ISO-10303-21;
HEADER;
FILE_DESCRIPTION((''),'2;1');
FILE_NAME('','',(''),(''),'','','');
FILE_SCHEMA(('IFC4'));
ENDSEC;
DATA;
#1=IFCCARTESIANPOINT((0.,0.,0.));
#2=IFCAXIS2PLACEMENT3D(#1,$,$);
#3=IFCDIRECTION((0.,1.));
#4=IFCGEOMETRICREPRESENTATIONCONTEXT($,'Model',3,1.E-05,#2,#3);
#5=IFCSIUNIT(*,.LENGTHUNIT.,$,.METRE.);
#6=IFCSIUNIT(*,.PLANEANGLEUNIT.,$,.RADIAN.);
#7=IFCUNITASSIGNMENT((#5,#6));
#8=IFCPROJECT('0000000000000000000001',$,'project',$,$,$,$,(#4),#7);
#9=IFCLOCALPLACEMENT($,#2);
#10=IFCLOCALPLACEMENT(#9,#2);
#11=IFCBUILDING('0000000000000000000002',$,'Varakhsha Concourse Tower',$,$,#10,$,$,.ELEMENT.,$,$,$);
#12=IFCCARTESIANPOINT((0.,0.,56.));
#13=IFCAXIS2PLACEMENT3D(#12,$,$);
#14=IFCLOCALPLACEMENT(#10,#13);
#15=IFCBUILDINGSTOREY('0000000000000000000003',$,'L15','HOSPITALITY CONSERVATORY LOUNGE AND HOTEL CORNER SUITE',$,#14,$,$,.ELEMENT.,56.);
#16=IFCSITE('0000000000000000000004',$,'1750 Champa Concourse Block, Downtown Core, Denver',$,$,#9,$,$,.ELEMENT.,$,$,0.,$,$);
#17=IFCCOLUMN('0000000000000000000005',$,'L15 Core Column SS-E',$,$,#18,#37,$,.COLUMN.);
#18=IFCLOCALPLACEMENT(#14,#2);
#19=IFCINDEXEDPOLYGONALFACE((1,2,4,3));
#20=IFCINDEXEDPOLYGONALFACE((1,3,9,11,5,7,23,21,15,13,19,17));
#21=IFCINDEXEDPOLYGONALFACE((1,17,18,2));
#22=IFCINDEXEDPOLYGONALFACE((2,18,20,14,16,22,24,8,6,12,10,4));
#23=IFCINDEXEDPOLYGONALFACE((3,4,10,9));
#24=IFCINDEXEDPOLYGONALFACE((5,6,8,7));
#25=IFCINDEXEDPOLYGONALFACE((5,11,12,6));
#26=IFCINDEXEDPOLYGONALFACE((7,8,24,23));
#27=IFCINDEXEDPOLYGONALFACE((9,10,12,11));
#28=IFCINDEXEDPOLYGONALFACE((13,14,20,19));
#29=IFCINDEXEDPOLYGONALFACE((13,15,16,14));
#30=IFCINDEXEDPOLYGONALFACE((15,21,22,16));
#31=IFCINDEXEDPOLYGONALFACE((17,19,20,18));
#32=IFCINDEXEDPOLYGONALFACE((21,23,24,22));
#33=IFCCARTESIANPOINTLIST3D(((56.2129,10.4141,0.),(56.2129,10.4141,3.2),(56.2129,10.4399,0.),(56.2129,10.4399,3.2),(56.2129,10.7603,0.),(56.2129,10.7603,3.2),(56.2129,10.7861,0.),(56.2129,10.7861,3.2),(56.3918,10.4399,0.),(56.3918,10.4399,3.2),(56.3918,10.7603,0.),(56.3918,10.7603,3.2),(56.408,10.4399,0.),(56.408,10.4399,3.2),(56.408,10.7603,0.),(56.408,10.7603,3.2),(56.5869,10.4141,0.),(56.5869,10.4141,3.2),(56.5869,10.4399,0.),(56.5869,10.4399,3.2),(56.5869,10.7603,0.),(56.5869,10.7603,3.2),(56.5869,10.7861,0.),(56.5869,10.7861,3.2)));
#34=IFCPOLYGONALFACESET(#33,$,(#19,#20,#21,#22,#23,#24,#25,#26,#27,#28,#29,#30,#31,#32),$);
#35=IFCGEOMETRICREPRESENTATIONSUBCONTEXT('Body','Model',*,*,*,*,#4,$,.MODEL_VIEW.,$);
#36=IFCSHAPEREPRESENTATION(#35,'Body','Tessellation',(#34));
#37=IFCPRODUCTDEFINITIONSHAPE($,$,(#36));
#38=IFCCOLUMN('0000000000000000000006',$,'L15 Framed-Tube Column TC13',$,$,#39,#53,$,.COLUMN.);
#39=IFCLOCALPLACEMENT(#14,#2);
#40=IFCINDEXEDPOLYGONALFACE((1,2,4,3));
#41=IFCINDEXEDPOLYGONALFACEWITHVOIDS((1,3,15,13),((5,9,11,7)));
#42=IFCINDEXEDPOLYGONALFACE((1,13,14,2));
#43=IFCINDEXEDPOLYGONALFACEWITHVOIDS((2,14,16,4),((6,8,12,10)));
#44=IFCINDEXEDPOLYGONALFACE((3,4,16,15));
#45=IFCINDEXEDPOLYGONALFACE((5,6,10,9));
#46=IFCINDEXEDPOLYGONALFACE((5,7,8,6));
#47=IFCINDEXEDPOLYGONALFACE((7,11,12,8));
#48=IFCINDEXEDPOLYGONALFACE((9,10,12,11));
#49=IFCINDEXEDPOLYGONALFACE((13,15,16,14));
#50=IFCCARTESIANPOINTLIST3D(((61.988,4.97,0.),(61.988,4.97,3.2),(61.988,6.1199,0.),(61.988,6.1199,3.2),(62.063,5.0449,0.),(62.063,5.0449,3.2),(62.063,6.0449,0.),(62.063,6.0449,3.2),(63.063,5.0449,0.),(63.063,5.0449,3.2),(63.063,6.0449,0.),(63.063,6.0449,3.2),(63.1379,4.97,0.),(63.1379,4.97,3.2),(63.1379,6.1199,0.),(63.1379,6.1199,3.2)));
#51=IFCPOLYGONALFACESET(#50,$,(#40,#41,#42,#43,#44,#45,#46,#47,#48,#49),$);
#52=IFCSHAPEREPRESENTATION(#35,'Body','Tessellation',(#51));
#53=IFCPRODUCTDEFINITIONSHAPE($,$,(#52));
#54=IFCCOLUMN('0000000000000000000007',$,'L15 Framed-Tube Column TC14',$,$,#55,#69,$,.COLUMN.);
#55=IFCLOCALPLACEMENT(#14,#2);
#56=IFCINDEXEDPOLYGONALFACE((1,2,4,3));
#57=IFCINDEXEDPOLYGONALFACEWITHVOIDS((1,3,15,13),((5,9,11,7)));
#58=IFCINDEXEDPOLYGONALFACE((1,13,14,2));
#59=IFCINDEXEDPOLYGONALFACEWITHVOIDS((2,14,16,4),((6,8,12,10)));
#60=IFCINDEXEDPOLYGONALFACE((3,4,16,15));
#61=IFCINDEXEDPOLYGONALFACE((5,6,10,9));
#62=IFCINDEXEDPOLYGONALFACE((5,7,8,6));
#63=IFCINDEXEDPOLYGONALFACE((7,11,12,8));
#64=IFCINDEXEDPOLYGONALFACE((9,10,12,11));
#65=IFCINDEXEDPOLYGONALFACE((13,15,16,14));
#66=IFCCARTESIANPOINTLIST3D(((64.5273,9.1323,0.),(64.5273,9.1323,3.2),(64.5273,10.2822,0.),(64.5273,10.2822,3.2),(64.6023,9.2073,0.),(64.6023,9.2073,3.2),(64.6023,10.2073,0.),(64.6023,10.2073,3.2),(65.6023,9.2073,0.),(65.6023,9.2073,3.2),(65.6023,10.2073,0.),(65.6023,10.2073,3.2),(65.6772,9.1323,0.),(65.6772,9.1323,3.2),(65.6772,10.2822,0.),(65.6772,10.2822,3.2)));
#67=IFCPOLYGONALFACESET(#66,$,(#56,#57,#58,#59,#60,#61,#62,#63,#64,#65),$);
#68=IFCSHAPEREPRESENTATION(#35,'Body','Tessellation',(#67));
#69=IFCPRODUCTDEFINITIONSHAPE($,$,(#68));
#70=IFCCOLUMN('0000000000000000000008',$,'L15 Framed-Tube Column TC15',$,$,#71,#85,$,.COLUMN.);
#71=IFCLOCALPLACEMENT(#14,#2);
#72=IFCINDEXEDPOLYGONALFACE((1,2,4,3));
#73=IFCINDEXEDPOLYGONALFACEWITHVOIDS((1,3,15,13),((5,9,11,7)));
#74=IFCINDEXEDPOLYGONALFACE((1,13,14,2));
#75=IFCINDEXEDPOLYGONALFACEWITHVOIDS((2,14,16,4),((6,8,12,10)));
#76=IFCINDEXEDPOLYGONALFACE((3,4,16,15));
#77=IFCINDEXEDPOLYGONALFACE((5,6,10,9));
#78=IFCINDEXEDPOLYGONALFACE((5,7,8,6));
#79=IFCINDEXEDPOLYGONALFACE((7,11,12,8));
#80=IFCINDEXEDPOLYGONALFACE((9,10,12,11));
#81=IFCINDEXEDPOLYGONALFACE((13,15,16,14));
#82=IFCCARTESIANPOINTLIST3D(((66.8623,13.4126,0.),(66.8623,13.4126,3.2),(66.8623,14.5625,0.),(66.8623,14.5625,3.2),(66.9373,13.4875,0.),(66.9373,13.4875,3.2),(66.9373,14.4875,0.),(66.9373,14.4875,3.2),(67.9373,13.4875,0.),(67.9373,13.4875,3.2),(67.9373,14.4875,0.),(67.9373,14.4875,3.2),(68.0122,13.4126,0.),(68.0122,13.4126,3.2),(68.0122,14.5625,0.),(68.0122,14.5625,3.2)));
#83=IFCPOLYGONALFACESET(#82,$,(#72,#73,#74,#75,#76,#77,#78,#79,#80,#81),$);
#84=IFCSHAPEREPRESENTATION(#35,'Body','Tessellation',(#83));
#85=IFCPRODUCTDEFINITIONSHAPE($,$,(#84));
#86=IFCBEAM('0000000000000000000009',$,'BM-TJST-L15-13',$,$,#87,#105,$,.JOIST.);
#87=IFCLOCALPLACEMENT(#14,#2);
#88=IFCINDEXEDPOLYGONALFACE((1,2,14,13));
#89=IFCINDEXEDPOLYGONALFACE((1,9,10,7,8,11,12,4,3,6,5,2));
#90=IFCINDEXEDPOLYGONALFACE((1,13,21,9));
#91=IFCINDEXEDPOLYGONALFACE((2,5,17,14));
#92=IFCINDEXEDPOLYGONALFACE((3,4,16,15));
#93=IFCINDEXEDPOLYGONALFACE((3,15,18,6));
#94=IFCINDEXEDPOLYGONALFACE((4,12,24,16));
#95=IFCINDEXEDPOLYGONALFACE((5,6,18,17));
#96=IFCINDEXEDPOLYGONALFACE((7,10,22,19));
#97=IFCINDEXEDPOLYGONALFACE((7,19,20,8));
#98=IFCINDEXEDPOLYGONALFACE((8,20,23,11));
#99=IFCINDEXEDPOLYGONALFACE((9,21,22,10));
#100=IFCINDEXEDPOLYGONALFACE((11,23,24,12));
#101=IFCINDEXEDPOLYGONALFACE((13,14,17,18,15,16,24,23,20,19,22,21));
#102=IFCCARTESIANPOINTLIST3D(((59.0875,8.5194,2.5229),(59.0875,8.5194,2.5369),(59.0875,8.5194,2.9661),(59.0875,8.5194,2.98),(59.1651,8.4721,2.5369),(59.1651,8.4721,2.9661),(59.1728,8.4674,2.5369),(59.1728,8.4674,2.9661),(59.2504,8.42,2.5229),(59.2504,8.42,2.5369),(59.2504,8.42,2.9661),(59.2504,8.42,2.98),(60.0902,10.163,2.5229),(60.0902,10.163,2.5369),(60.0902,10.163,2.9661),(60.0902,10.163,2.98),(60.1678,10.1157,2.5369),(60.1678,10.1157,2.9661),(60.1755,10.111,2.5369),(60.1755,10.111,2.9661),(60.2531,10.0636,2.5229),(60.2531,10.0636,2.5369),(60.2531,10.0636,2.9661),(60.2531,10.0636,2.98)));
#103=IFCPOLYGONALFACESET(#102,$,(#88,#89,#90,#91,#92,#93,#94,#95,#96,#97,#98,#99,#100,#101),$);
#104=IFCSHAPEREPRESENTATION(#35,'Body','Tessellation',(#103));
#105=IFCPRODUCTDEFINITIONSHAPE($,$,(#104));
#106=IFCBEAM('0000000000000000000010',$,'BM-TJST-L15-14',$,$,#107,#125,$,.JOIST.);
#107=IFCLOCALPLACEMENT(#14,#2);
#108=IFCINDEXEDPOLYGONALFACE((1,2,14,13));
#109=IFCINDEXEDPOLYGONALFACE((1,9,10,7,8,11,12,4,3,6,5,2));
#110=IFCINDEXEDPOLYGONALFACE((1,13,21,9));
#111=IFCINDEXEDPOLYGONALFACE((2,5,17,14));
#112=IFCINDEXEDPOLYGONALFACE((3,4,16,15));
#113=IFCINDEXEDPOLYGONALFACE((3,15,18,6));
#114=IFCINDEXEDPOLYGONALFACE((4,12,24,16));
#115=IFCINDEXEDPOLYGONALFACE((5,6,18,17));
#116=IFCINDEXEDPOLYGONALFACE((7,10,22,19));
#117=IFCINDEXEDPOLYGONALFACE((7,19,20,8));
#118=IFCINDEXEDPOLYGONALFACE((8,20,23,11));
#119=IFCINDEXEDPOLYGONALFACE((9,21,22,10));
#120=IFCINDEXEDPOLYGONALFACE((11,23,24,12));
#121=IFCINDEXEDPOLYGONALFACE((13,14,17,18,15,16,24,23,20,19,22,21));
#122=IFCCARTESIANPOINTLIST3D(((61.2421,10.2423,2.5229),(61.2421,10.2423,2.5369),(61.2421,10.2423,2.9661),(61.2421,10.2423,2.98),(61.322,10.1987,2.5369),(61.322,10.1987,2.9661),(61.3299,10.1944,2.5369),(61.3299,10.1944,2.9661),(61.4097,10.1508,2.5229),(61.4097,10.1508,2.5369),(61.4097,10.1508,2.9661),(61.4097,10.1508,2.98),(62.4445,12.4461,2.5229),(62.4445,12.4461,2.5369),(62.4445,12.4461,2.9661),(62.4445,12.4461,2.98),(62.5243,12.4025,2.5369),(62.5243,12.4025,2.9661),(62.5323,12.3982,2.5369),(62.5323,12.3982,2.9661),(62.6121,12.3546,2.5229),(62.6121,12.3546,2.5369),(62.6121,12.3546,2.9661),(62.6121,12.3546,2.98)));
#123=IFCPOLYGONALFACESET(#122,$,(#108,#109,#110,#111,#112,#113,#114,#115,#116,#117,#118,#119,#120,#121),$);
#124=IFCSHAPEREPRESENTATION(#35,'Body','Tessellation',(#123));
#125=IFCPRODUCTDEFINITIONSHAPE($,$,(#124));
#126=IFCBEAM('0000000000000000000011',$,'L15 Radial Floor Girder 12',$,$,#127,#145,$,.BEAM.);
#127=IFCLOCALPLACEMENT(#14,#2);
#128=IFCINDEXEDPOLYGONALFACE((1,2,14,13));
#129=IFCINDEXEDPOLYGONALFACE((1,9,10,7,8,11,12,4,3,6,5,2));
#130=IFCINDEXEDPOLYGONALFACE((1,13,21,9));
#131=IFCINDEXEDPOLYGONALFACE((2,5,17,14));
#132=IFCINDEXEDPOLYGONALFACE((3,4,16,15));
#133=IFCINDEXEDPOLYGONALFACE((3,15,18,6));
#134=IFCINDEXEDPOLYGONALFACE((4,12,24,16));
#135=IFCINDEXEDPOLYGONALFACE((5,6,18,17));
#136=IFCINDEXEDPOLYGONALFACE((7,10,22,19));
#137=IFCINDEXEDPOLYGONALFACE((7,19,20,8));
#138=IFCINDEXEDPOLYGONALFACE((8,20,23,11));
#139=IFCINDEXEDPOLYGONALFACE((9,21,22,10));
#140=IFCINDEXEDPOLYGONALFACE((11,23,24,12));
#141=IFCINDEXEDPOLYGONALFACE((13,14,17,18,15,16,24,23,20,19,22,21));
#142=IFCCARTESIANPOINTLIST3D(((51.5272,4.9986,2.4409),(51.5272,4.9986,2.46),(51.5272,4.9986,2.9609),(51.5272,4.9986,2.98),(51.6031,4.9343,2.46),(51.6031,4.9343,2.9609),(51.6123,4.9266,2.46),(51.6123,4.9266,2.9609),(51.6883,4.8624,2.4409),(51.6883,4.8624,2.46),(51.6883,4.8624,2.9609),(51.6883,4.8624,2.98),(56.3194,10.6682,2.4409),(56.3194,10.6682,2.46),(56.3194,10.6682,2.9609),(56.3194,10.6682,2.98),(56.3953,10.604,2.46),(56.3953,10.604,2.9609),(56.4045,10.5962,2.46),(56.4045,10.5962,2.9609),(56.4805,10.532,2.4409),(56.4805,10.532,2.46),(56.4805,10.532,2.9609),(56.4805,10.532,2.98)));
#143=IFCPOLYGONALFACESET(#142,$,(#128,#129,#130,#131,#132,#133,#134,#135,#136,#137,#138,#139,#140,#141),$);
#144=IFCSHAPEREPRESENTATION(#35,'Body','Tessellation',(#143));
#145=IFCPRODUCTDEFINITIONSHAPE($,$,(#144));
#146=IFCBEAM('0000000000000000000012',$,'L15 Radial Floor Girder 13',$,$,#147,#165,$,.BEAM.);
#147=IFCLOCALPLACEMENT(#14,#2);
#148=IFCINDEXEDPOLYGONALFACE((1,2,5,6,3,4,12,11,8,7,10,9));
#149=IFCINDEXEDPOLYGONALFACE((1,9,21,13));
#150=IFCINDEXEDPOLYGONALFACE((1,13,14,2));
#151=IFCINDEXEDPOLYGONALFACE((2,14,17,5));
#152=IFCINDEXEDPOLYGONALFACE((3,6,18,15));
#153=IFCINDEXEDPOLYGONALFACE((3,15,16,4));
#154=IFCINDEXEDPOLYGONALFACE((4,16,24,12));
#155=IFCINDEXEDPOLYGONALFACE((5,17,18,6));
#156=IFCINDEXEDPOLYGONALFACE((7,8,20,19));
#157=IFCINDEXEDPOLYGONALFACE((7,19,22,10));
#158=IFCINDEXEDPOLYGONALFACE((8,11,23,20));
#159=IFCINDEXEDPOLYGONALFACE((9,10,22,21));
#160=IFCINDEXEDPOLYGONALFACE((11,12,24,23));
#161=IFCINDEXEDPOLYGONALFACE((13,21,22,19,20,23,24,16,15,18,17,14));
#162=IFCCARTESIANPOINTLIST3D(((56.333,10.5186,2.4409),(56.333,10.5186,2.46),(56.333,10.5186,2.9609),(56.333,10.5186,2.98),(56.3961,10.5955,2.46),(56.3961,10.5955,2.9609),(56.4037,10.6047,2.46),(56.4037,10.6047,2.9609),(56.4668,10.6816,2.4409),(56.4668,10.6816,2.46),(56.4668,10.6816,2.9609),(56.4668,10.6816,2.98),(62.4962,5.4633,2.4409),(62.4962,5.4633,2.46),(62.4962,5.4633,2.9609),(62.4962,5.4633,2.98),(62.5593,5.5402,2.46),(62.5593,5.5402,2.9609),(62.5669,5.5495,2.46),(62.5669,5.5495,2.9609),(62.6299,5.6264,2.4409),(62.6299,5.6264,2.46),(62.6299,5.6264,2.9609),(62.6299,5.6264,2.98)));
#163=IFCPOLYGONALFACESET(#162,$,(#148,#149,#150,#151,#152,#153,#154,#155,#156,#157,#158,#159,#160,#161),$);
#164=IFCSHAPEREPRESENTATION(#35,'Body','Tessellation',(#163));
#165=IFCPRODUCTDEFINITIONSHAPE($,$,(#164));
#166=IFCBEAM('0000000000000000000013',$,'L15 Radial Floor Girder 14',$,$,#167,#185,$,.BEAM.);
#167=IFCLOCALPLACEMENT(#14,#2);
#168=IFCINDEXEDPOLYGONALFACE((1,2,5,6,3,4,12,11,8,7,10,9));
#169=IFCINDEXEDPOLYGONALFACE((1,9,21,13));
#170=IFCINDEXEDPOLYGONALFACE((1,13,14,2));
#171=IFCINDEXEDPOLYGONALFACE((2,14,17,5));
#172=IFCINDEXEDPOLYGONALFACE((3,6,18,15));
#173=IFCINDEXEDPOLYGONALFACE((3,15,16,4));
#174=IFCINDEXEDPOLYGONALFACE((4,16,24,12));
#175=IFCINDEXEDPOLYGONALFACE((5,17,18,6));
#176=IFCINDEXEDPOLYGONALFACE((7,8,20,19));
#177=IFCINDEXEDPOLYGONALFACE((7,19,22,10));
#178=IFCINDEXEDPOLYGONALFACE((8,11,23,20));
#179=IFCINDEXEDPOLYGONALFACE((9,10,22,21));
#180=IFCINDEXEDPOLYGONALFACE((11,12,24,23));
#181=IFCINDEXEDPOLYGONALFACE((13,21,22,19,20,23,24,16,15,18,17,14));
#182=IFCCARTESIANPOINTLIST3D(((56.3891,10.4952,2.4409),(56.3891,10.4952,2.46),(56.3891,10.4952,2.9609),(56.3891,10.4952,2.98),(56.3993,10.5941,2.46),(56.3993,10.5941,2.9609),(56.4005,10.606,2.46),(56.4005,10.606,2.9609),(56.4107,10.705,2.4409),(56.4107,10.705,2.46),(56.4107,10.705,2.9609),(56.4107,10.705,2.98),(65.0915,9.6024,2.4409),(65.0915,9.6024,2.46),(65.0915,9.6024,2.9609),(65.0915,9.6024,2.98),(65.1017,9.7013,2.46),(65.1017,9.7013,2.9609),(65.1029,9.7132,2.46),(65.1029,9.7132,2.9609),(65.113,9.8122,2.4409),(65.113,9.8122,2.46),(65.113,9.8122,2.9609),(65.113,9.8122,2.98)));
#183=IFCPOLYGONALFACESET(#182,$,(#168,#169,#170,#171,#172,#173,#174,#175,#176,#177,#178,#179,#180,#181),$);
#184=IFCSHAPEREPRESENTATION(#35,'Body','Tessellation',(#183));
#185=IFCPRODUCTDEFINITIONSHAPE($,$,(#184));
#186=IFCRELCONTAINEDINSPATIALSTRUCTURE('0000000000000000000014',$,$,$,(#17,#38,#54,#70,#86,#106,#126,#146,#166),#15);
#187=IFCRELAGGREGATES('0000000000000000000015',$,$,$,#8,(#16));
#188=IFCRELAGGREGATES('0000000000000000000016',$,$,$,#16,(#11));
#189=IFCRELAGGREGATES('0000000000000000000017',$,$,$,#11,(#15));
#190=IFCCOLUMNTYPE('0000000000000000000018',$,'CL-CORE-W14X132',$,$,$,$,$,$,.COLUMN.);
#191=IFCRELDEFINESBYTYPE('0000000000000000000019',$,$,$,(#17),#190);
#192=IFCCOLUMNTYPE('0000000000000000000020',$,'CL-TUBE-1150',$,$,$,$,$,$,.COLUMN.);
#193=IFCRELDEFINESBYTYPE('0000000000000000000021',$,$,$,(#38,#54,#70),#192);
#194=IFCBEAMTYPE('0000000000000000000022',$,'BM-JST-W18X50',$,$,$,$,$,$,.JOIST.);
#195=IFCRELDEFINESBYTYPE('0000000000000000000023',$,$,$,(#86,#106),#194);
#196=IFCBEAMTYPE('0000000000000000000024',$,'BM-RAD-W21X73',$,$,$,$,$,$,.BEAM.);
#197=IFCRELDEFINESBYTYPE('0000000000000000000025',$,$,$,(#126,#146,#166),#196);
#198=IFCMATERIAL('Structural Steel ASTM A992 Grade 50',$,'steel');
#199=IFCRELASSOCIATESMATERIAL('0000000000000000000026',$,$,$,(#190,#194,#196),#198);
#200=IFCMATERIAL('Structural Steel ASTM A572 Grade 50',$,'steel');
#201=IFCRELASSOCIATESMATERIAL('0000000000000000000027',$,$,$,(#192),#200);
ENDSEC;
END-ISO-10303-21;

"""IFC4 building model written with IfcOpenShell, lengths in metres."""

from ifc_helpers import new_model, si_unit, direction, frame, origin, origin_2d, place, context, subcontext, project, spatial, hollow_rectangle, i_section, extrude, material, material_profile, profile_set, type_object, element, save


model = new_model("IFC4")

# Units and contexts
model_context = context("Model", 3, precision=1e-05, world=origin(), true_north=direction((0.0, 1.0)))
body_context = subcontext(model_context, "Body", "Model", "MODEL_VIEW")
ifc_project = project(units=[si_unit("LENGTHUNIT", "METRE"), si_unit("PLANEANGLEUNIT", "RADIAN")], contexts=[model_context])

# Site, building, storey
site_placement = place(None, origin())
site = spatial("IfcSite", under=ifc_project, at=site_placement, Name="1750 Champa Concourse Block, Downtown Core, Denver", CompositionType="ELEMENT", RefElevation=0.0)
building_placement = place(site_placement, origin())
building = spatial("IfcBuilding", under=site, at=building_placement, Name="Varakhsha Concourse Tower", CompositionType="ELEMENT")
storey_placement = place(building_placement, frame((0.0, 0.0, 56.0)))
storey = spatial("IfcBuildingStorey", under=building, at=storey_placement, Name="L15", Description="HOSPITALITY CONSERVATORY LOUNGE AND HOTEL CORNER SUITE", CompositionType="ELEMENT", Elevation=56.0)

# Columns
ifc_material_1 = material(Name="Structural Steel ASTM A992 Grade 50", Category="steel")
ifc_material_profile_1 = material_profile(ifc_material_1, i_section(OverallWidth=0.374, OverallDepth=0.3721, WebThickness=0.0161, FlangeThickness=0.0259, at=origin_2d()), Name="W14X132")
ifc_profile_set_1 = profile_set([ifc_material_profile_1], Name="Structural Steel ASTM A992 Grade 50")
column_type_1 = type_object("IfcColumnType", Name="CL-CORE-W14X132", PredefinedType="COLUMN", material=ifc_profile_set_1)
column_placement = place(storey_placement, frame((56.3999, 10.6001, 0.0), z_axis=(0.0, 0.0, 1.0), x_axis=(1.0, 0.0, 0.0)))
element("IfcColumn", 1, at=column_placement, inside=storey, type_object=column_type_1, Name="L15 Core Column SS-E", PredefinedType="COLUMN", context=body_context, shape_type="SweptSolid", body=[
    extrude(i_section(OverallWidth=0.374, OverallDepth=0.3721, WebThickness=0.0161, FlangeThickness=0.0259, at=origin_2d()), origin(), (0.0, 0.0, 1.0), 3.2),
])
ifc_material_2 = material(Name="Structural Steel ASTM A572 Grade 50", Category="steel")
ifc_material_profile_2 = material_profile(ifc_material_2, hollow_rectangle(XDim=1.1499, YDim=1.1499, WallThickness=0.075, at=origin_2d()), Name="BOX 1150x1150x75")
ifc_profile_set_2 = profile_set([ifc_material_profile_2], Name="Structural Steel ASTM A572 Grade 50")
column_type_2 = type_object("IfcColumnType", Name="CL-TUBE-1150", PredefinedType="COLUMN", material=ifc_profile_set_2)
for number, where, z_axis, x_axis, name in (
    (2, (62.563, 5.5449, 0.0), (0.0, 0.0, 1.0), (1.0, 0.0, 0.0), "L15 Framed-Tube Column TC13"),
    (3, (65.1023, 9.7073, 0.0), (0.0, 0.0, 1.0), (1.0, 0.0, 0.0), "L15 Framed-Tube Column TC14"),
    (4, (67.4373, 13.9875, 0.0), (0.0, 0.0, 1.0), (1.0, 0.0, 0.0), "L15 Framed-Tube Column TC15"),
):
    element("IfcColumn", number, at=place(storey_placement, frame(where, z_axis=z_axis, x_axis=x_axis)), inside=storey, type_object=column_type_2, Name=name, PredefinedType="COLUMN", context=body_context, shape_type="SweptSolid", body=[
        extrude(hollow_rectangle(XDim=1.1499, YDim=1.1499, WallThickness=0.075, at=origin_2d()), origin(), (0.0, 0.0, 1.0), 3.2),
    ])

# Beams
ifc_material_profile_3 = material_profile(ifc_material_1, i_section(OverallWidth=0.1909, OverallDepth=0.457, WebThickness=0.009, FlangeThickness=0.0139, at=origin_2d()), Name="W18X50")
ifc_profile_set_3 = profile_set([ifc_material_profile_3], Name="Structural Steel ASTM A992 Grade 50")
beam_type_1 = type_object("IfcBeamType", Name="BM-JST-W18X50", PredefinedType="JOIST", material=ifc_profile_set_3)
beam_1_placement = place(storey_placement, frame((59.1689, 8.4697, 2.7515), z_axis=(0.520804, 0.853677, 0.0), x_axis=(-0.853677, 0.520804, 0.0)))
element("IfcBeam", 5, at=beam_1_placement, inside=storey, type_object=beam_type_1, Name="BM-TJST-L15-13", PredefinedType="JOIST", context=body_context, shape_type="SweptSolid", body=[
    extrude(i_section(OverallWidth=0.1909, OverallDepth=0.457, WebThickness=0.009, FlangeThickness=0.0139, at=origin_2d()), origin(), (0.0, 0.0, 1.0), 1.9253),
])
beam_2_placement = place(storey_placement, frame((61.3259, 10.1965, 2.7515), z_axis=(0.478941, 0.877847, 0.0), x_axis=(-0.877847, 0.478941, 0.0)))
element("IfcBeam", 6, at=beam_2_placement, inside=storey, type_object=beam_type_1, Name="BM-TJST-L15-14", PredefinedType="JOIST", context=body_context, shape_type="SweptSolid", body=[
    extrude(i_section(OverallWidth=0.1909, OverallDepth=0.457, WebThickness=0.009, FlangeThickness=0.0139, at=origin_2d()), origin(), (0.0, 0.0, 1.0), 2.5105),
])
ifc_material_profile_4 = material_profile(ifc_material_1, i_section(OverallWidth=0.2109, OverallDepth=0.5391, WebThickness=0.012, FlangeThickness=0.019, at=origin_2d()), Name="W21X73")
ifc_profile_set_4 = profile_set([ifc_material_profile_4], Name="Structural Steel ASTM A992 Grade 50")
beam_type_2 = type_object("IfcBeamType", Name="BM-RAD-W21X73", PredefinedType="BEAM", material=ifc_profile_set_4)
beam_3_placement = place(storey_placement, frame((56.3999, 10.6001, 2.7104), z_axis=(-0.645535, -0.76373, 0.0), x_axis=(0.76373, -0.645535, 0.0)))
element("IfcBeam", 7, at=beam_3_placement, inside=storey, type_object=beam_type_2, Name="L15 Radial Floor Girder 12", PredefinedType="BEAM", context=body_context, shape_type="SweptSolid", body=[
    extrude(i_section(OverallWidth=0.2109, OverallDepth=0.5391, WebThickness=0.012, FlangeThickness=0.019, at=origin_2d()), origin(), (0.0, 0.0, 1.0), 7.4236),
])
beam_4_placement = place(storey_placement, frame((56.3999, 10.6001, 2.7104), z_axis=(0.773179, -0.634188, 0.0), x_axis=(0.634188, 0.773179, 0.0)))
element("IfcBeam", 8, at=beam_4_placement, inside=storey, type_object=beam_type_2, Name="L15 Radial Floor Girder 13", PredefinedType="BEAM", context=body_context, shape_type="SweptSolid", body=[
    extrude(i_section(OverallWidth=0.2109, OverallDepth=0.5391, WebThickness=0.012, FlangeThickness=0.019, at=origin_2d()), origin(), (0.0, 0.0, 1.0), 7.9712),
])
beam_5_placement = place(storey_placement, frame((56.3999, 10.6001, 2.7104), z_axis=(0.994778, -0.102059, 0.0), x_axis=(0.102059, 0.994778, 0.0)))
element("IfcBeam", 9, at=beam_5_placement, inside=storey, type_object=beam_type_2, Name="L15 Radial Floor Girder 14", PredefinedType="BEAM", context=body_context, shape_type="SweptSolid", body=[
    extrude(i_section(OverallWidth=0.2109, OverallDepth=0.5391, WebThickness=0.012, FlangeThickness=0.019, at=origin_2d()), origin(), (0.0, 0.0, 1.0), 8.748),
])

save(model, "model.ifc")
